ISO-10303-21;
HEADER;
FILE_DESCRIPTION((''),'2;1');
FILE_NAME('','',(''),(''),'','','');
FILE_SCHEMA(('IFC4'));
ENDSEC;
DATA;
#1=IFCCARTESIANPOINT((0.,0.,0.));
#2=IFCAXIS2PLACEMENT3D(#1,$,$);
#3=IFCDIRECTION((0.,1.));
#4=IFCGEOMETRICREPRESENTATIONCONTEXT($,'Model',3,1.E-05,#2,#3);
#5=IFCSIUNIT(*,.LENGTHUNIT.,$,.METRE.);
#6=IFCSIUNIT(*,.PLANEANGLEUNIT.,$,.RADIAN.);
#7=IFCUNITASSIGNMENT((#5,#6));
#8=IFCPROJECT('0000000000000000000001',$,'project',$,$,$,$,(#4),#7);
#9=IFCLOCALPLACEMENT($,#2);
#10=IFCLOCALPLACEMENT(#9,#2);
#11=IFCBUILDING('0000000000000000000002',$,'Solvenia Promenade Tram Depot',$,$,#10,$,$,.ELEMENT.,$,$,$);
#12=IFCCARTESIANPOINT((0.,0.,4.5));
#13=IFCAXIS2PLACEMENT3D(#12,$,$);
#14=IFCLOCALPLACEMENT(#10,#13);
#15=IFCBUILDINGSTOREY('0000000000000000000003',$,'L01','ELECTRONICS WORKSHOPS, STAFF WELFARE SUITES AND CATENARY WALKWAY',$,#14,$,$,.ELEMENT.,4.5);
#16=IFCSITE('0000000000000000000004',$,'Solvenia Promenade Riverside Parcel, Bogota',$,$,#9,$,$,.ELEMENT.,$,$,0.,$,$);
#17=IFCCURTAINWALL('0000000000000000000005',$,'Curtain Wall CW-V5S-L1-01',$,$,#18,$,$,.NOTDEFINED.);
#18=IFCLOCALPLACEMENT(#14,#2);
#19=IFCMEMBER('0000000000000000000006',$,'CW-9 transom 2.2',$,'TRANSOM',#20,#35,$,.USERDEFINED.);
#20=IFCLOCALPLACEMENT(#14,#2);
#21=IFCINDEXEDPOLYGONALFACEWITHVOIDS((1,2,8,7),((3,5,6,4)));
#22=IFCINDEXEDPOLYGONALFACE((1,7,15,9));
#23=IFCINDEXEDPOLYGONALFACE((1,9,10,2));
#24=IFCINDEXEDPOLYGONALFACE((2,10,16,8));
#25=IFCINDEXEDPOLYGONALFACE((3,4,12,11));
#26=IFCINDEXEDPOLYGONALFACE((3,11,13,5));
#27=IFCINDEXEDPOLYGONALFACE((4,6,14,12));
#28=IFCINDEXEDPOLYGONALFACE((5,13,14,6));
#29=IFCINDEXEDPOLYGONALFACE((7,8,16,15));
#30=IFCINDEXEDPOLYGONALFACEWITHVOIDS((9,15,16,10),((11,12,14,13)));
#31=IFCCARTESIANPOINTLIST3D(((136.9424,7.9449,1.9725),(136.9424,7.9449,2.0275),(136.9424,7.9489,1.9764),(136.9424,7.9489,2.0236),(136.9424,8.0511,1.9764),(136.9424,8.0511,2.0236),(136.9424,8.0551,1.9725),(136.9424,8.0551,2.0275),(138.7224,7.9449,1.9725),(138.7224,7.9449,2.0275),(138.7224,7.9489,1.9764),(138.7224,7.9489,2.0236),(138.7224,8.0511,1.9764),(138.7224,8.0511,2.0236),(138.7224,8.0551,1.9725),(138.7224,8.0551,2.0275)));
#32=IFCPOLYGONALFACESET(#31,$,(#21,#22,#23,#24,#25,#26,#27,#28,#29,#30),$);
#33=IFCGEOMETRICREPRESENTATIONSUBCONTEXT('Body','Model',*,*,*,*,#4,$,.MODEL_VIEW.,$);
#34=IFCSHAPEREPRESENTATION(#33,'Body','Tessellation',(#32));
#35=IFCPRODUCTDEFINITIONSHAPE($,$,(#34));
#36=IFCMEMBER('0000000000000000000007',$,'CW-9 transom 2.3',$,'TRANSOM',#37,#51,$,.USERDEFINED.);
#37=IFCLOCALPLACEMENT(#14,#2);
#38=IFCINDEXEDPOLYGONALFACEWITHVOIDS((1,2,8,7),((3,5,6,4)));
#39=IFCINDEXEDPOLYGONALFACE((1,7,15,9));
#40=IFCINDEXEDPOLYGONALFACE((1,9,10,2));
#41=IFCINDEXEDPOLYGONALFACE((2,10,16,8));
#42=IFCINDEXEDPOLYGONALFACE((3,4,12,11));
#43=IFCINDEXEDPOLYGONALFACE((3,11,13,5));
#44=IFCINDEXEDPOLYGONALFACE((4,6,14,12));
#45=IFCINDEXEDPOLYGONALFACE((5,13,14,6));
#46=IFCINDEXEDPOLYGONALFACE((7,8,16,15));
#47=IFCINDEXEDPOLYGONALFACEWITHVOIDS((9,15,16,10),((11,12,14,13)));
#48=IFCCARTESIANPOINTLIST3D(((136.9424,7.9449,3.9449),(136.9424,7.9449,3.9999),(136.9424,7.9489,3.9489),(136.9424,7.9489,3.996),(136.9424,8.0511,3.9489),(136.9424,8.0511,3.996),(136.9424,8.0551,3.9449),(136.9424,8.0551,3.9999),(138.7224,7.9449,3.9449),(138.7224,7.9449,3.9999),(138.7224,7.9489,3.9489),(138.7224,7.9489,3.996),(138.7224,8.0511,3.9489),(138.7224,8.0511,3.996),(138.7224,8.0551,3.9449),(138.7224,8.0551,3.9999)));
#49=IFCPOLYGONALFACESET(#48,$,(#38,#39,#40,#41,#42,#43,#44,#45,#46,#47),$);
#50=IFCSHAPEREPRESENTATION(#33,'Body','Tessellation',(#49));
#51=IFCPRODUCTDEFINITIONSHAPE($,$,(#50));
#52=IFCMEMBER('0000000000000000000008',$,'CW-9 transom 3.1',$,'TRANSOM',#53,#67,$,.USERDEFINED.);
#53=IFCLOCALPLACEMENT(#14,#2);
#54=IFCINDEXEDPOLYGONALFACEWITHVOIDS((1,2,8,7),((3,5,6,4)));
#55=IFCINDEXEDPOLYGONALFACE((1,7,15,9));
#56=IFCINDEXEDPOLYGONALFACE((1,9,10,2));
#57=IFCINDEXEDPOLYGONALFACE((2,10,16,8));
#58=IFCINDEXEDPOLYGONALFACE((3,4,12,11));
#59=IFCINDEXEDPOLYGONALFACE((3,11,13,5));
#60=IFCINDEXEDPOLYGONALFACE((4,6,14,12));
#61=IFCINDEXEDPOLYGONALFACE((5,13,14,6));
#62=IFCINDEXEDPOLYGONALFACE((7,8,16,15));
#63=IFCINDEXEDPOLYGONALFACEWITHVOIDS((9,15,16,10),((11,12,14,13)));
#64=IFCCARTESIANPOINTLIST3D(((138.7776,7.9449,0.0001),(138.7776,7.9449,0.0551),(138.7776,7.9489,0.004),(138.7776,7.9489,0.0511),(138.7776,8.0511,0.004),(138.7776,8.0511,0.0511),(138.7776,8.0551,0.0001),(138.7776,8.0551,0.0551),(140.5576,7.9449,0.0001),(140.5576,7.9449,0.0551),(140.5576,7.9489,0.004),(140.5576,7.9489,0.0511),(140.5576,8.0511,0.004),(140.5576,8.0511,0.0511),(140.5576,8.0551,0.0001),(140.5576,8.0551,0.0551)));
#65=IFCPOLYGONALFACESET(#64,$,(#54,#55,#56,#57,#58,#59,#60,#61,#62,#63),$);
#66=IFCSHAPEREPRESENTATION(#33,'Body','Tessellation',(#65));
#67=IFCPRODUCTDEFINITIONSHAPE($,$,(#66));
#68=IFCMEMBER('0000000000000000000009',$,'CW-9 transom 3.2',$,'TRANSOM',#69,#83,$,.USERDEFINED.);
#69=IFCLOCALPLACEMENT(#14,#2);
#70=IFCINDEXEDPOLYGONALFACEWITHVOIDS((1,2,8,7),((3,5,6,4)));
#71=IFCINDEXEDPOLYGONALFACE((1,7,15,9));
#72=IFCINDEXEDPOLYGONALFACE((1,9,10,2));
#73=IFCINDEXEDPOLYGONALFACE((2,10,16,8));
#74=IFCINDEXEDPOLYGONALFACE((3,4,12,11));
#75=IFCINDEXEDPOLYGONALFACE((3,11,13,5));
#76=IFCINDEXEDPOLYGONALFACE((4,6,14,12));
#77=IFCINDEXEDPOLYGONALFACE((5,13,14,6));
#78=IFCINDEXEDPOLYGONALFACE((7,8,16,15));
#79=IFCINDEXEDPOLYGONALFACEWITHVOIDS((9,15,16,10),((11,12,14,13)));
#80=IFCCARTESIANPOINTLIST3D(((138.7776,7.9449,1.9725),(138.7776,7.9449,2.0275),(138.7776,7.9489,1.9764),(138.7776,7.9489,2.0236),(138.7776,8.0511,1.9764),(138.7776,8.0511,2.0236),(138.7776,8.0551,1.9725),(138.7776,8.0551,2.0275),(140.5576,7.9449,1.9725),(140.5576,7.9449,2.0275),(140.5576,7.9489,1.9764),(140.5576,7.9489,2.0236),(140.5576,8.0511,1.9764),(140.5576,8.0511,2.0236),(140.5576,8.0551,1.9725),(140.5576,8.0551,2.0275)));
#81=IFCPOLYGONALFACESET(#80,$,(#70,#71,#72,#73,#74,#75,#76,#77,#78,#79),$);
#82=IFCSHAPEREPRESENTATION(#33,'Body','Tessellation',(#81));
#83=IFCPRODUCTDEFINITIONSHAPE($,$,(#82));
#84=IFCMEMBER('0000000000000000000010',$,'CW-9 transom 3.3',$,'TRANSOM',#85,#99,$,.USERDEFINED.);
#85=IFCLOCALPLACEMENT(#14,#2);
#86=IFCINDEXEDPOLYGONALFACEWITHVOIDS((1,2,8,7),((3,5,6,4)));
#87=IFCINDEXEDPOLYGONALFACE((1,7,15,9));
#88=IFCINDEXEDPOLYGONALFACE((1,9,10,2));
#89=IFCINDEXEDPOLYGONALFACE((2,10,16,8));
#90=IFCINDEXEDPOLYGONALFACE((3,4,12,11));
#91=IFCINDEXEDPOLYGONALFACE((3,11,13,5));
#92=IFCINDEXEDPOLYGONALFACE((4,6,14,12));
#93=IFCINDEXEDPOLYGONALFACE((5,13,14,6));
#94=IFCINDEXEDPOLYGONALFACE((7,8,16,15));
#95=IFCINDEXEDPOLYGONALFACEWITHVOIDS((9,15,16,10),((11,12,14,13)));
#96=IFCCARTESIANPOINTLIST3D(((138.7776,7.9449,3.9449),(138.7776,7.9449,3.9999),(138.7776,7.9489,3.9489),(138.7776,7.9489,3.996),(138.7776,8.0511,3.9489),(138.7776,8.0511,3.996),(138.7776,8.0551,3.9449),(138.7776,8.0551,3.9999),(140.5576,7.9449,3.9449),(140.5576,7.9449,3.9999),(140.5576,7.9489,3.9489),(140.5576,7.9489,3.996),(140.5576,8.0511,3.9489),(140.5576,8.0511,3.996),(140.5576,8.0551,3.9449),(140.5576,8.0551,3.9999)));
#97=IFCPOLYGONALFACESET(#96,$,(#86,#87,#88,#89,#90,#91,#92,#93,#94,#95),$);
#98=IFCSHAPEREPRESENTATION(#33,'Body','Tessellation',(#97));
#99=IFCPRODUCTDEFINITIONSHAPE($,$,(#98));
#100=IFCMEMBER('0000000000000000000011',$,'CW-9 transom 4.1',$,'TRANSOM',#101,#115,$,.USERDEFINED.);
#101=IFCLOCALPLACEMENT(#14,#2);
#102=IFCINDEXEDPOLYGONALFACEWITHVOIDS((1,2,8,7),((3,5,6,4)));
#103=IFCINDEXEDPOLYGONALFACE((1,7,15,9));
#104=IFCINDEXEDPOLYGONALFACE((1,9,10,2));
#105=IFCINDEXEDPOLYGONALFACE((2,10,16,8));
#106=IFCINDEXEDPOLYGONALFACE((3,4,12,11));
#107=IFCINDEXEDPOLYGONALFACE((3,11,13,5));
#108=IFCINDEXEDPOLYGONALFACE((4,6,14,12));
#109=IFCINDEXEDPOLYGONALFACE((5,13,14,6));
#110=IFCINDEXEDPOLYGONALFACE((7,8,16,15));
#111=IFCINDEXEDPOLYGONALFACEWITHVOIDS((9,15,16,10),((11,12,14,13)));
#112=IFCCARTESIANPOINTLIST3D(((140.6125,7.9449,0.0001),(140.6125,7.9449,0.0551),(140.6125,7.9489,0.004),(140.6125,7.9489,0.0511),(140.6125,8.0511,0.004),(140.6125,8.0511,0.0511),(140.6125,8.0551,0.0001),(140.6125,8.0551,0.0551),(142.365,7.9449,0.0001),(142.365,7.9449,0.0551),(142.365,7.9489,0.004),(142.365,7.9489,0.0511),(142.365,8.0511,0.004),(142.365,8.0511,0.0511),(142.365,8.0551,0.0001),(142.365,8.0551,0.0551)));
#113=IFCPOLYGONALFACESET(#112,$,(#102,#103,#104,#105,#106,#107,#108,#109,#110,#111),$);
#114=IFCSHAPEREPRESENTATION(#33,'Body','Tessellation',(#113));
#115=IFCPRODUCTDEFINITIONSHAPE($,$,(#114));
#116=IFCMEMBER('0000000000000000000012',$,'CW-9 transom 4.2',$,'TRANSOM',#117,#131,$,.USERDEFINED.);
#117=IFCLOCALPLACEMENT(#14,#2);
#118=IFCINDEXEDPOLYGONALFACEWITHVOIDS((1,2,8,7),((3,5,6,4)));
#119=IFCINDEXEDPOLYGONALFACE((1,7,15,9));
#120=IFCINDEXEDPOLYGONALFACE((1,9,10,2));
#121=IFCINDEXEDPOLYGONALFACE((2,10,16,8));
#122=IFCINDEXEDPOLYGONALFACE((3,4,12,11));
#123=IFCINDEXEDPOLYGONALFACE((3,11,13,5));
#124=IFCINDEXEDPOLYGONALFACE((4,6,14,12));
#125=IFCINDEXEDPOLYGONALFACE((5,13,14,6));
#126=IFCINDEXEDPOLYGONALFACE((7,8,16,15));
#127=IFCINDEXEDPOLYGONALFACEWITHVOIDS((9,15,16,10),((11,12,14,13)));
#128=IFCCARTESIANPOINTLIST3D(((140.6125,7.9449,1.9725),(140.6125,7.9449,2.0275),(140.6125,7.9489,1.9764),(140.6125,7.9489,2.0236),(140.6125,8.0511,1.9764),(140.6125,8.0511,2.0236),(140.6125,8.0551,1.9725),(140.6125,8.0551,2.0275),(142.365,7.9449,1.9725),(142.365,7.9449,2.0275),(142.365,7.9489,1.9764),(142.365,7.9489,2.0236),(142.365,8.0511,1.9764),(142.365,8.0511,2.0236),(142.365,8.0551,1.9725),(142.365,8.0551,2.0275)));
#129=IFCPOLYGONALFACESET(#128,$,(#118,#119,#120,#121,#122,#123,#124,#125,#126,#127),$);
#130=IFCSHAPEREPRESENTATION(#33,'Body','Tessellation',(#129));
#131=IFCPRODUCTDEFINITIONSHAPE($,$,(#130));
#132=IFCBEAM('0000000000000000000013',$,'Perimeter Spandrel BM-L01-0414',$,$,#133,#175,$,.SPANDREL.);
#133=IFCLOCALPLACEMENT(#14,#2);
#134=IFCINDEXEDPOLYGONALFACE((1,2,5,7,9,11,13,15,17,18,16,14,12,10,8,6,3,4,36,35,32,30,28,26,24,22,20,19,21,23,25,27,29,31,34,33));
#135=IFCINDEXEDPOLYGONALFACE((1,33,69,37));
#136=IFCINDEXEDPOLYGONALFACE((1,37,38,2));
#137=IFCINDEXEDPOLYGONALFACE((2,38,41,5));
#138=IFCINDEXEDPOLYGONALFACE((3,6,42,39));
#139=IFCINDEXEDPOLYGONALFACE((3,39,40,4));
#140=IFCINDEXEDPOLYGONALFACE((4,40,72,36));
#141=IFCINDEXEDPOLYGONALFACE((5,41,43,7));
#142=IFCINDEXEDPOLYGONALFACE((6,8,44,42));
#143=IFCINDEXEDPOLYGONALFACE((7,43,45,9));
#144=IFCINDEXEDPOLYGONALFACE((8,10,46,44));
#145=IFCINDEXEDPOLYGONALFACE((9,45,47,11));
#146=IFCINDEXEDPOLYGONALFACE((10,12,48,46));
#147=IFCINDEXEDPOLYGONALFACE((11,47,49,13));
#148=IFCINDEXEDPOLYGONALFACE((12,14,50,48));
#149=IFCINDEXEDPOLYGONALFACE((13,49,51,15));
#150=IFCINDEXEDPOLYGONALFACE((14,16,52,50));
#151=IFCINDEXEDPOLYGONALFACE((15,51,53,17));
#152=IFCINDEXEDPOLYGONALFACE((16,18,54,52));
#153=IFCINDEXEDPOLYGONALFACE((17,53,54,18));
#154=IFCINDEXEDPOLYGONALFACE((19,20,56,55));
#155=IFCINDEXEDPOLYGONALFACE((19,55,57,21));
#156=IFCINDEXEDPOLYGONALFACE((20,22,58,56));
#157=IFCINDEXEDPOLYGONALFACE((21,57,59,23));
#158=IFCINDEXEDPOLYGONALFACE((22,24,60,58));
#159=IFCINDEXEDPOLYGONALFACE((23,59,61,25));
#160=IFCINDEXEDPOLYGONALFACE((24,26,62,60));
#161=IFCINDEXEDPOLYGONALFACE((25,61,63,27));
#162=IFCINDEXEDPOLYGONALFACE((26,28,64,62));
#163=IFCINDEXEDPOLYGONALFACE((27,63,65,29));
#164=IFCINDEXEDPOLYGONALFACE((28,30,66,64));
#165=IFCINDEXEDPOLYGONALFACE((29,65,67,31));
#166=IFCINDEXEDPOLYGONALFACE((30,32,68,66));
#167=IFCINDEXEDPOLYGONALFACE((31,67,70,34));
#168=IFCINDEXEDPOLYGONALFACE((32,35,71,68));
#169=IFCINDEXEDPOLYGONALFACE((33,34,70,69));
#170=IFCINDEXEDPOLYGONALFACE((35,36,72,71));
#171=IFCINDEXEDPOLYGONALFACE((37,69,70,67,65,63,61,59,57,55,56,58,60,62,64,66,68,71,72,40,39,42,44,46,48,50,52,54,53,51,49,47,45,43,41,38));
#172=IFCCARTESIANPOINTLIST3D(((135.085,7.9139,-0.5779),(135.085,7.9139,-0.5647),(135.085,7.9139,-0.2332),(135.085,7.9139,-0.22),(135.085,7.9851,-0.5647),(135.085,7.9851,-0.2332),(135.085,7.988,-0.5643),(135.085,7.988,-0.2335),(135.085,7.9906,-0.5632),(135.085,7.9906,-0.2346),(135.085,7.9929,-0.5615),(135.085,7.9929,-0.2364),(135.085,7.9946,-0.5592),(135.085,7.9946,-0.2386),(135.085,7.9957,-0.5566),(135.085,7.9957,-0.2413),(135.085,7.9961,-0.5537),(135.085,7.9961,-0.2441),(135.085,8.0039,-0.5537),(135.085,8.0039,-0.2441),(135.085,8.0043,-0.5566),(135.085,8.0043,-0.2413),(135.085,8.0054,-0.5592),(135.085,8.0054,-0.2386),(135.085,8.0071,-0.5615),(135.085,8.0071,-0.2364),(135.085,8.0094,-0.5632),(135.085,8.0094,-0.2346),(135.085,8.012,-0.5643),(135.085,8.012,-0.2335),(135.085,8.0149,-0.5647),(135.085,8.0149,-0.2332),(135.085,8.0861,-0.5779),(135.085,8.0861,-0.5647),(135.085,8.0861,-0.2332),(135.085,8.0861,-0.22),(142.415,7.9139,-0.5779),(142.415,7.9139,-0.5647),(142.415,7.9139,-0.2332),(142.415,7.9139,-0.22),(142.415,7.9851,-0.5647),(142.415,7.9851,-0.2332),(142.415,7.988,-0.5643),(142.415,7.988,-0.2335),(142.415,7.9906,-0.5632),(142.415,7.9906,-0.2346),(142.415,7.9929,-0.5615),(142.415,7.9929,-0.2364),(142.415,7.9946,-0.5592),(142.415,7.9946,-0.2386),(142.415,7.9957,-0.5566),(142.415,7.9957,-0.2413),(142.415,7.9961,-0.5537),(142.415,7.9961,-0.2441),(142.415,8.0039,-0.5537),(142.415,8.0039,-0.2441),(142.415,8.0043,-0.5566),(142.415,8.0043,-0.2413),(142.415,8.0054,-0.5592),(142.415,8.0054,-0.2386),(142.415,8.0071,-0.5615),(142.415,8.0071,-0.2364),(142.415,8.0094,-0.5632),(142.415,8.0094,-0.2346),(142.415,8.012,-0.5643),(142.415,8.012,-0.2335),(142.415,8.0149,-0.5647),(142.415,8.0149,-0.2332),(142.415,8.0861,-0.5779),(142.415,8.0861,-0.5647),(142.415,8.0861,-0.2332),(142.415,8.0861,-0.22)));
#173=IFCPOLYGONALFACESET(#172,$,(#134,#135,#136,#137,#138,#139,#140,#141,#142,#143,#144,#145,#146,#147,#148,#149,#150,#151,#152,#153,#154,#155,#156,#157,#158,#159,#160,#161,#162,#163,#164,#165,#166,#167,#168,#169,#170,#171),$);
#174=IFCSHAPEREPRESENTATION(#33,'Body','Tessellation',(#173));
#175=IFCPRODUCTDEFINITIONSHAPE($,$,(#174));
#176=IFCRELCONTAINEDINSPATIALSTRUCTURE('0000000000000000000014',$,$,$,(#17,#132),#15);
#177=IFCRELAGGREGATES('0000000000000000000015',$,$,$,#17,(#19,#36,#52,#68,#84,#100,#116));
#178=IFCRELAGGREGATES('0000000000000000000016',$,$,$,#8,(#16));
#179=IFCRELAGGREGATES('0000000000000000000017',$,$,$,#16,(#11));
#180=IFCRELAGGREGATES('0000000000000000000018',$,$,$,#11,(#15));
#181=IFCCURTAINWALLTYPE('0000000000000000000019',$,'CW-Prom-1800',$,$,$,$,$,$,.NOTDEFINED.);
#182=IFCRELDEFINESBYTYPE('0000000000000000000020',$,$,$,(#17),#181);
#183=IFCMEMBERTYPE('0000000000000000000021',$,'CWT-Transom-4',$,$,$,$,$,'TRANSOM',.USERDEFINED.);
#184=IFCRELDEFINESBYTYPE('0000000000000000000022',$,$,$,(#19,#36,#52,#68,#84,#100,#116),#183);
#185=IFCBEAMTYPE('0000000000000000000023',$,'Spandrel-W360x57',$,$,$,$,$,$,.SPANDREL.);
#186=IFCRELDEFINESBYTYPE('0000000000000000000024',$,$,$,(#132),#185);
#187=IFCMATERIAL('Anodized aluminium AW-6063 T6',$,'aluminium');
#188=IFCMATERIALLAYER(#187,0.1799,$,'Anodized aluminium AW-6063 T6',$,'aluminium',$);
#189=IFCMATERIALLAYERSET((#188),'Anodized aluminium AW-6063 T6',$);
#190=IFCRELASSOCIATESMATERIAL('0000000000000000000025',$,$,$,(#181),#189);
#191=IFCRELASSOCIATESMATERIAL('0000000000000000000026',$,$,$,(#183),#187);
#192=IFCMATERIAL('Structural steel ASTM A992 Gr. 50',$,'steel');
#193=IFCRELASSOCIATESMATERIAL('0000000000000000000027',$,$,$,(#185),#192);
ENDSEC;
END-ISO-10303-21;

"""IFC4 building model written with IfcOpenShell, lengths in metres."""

from ifc_helpers import new_model, si_unit, direction, frame, origin, origin_2d, place, context, subcontext, project, spatial, hollow_rectangle, i_section, extrude, material, layer, layer_set, material_profile, profile_set, type_object, element, aggregate, save


model = new_model("IFC4")

# Units and contexts
model_context = context("Model", 3, precision=1e-05, world=origin(), true_north=direction((0.0, 1.0)))
body_context = subcontext(model_context, "Body", "Model", "MODEL_VIEW")
ifc_project = project(units=[si_unit("LENGTHUNIT", "METRE"), si_unit("PLANEANGLEUNIT", "RADIAN")], contexts=[model_context])

# Site, building, storey
site_placement = place(None, origin())
site = spatial("IfcSite", under=ifc_project, at=site_placement, Name="Solvenia Promenade Riverside Parcel, Bogota", CompositionType="ELEMENT", RefElevation=0.0)
building_placement = place(site_placement, origin())
building = spatial("IfcBuilding", under=site, at=building_placement, Name="Solvenia Promenade Tram Depot", CompositionType="ELEMENT")
storey_placement = place(building_placement, frame((0.0, 0.0, 4.5)))
storey = spatial("IfcBuildingStorey", under=building, at=storey_placement, Name="L01", Description="ELECTRONICS WORKSHOPS, STAFF WELFARE SUITES AND CATENARY WALKWAY", CompositionType="ELEMENT", Elevation=4.5)

# Shared definitions
ifc_material_1 = material(Name="Structural steel ASTM A992 Gr. 50", Category="steel")

# Curtain wall, members
ifc_material_2 = material(Name="Anodized aluminium AW-6063 T6", Category="aluminium")
ifc_layer_1 = layer(ifc_material_2, 0.1799, Name="Anodized aluminium AW-6063 T6", Category="aluminium")
ifc_layer_set_1 = layer_set([ifc_layer_1], Name="Anodized aluminium AW-6063 T6")
curtain_wall_type = type_object("IfcCurtainWallType", Name="CW-Prom-1800", PredefinedType="NOTDEFINED", material=ifc_layer_set_1)
curtain_wall_placement = place(storey_placement, origin())
curtain_wall = element("IfcCurtainWall", 1, at=curtain_wall_placement, inside=storey, type_object=curtain_wall_type, Name="Curtain Wall CW-V5S-L1-01", PredefinedType="NOTDEFINED")
ifc_material_profile_1 = material_profile(ifc_material_2, hollow_rectangle(XDim=0.1101, YDim=0.0549, WallThickness=0.0039, at=origin_2d()), Name="ALU-T4", Category="aluminium")
ifc_profile_set_1 = profile_set([ifc_material_profile_1], Name="Anodized aluminium AW-6063 T6")
member_type_1 = type_object("IfcMemberType", Name="CWT-Transom-4", ElementType="TRANSOM", PredefinedType="USERDEFINED", material=ifc_profile_set_1)
member_1_placement = place(storey_placement, frame((136.9424, 8.0, 2.0), z_axis=(1.0, 0.0, 0.0), x_axis=(0.0, 1.0, 0.0)))
member_1 = element("IfcMember", 2, at=member_1_placement, type_object=member_type_1, Name="CW-9 transom 2.2", ObjectType="TRANSOM", PredefinedType="USERDEFINED", context=body_context, shape_type="SweptSolid", body=[
    extrude(hollow_rectangle(XDim=0.1101, YDim=0.0549, WallThickness=0.0039, at=origin_2d()), origin(), (0.0, 0.0, 1.0), 1.78),
])
member_2_placement = place(storey_placement, frame((136.9424, 8.0, 3.9724), z_axis=(1.0, 0.0, 0.0), x_axis=(0.0, 1.0, 0.0)))
member_2 = element("IfcMember", 3, at=member_2_placement, type_object=member_type_1, Name="CW-9 transom 2.3", ObjectType="TRANSOM", PredefinedType="USERDEFINED", context=body_context, shape_type="SweptSolid", body=[
    extrude(hollow_rectangle(XDim=0.1101, YDim=0.0549, WallThickness=0.0039, at=origin_2d()), origin(), (0.0, 0.0, 1.0), 1.78),
])
member_3_placement = place(storey_placement, frame((138.7776, 8.0, 0.0276), z_axis=(1.0, 0.0, 0.0), x_axis=(0.0, 1.0, 0.0)))
member_3 = element("IfcMember", 4, at=member_3_placement, type_object=member_type_1, Name="CW-9 transom 3.1", ObjectType="TRANSOM", PredefinedType="USERDEFINED", context=body_context, shape_type="SweptSolid", body=[
    extrude(hollow_rectangle(XDim=0.1101, YDim=0.0549, WallThickness=0.0039, at=origin_2d()), origin(), (0.0, 0.0, 1.0), 1.78),
])
member_4_placement = place(storey_placement, frame((138.7776, 8.0, 2.0), z_axis=(1.0, 0.0, 0.0), x_axis=(0.0, 1.0, 0.0)))
member_4 = element("IfcMember", 5, at=member_4_placement, type_object=member_type_1, Name="CW-9 transom 3.2", ObjectType="TRANSOM", PredefinedType="USERDEFINED", context=body_context, shape_type="SweptSolid", body=[
    extrude(hollow_rectangle(XDim=0.1101, YDim=0.0549, WallThickness=0.0039, at=origin_2d()), origin(), (0.0, 0.0, 1.0), 1.78),
])
member_5_placement = place(storey_placement, frame((138.7776, 8.0, 3.9724), z_axis=(1.0, 0.0, 0.0), x_axis=(0.0, 1.0, 0.0)))
member_5 = element("IfcMember", 6, at=member_5_placement, type_object=member_type_1, Name="CW-9 transom 3.3", ObjectType="TRANSOM", PredefinedType="USERDEFINED", context=body_context, shape_type="SweptSolid", body=[
    extrude(hollow_rectangle(XDim=0.1101, YDim=0.0549, WallThickness=0.0039, at=origin_2d()), origin(), (0.0, 0.0, 1.0), 1.78),
])
member_6_placement = place(storey_placement, frame((140.6125, 8.0, 0.0276), z_axis=(1.0, 0.0, 0.0), x_axis=(0.0, 1.0, 0.0)))
member_6 = element("IfcMember", 7, at=member_6_placement, type_object=member_type_1, Name="CW-9 transom 4.1", ObjectType="TRANSOM", PredefinedType="USERDEFINED", context=body_context, shape_type="SweptSolid", body=[
    extrude(hollow_rectangle(XDim=0.1101, YDim=0.0549, WallThickness=0.0039, at=origin_2d()), origin(), (0.0, 0.0, 1.0), 1.7524),
])
member_7_placement = place(storey_placement, frame((140.6125, 8.0, 2.0), z_axis=(1.0, 0.0, 0.0), x_axis=(0.0, 1.0, 0.0)))
member_7 = element("IfcMember", 8, at=member_7_placement, type_object=member_type_1, Name="CW-9 transom 4.2", ObjectType="TRANSOM", PredefinedType="USERDEFINED", context=body_context, shape_type="SweptSolid", body=[
    extrude(hollow_rectangle(XDim=0.1101, YDim=0.0549, WallThickness=0.0039, at=origin_2d()), origin(), (0.0, 0.0, 1.0), 1.7524),
])

# Beam
ifc_material_profile_2 = material_profile(ifc_material_1, i_section(OverallWidth=0.1721, OverallDepth=0.3579, WebThickness=0.0078, FlangeThickness=0.0132, FilletRadius=0.011, at=origin_2d()), Name="W360x57", Category="steel")
ifc_profile_set_2 = profile_set([ifc_material_profile_2], Name="Structural steel ASTM A992 Gr. 50")
beam_type_1 = type_object("IfcBeamType", Name="Spandrel-W360x57", PredefinedType="SPANDREL", material=ifc_profile_set_2)
beam_1_placement = place(storey_placement, frame((135.085, 8.0, -0.3989), z_axis=(1.0, 0.0, 0.0), x_axis=(0.0, 1.0, 0.0)))
element("IfcBeam", 9, at=beam_1_placement, inside=storey, type_object=beam_type_1, Name="Perimeter Spandrel BM-L01-0414", PredefinedType="SPANDREL", context=body_context, shape_type="SweptSolid", body=[
    extrude(i_section(OverallWidth=0.1721, OverallDepth=0.3579, WebThickness=0.0078, FlangeThickness=0.0132, FilletRadius=0.011, at=origin_2d()), origin(), (0.0, 0.0, 1.0), 7.3301),
])

aggregate(curtain_wall, [member_1, member_2, member_3, member_4, member_5, member_6, member_7])

save(model, "model.ifc")
